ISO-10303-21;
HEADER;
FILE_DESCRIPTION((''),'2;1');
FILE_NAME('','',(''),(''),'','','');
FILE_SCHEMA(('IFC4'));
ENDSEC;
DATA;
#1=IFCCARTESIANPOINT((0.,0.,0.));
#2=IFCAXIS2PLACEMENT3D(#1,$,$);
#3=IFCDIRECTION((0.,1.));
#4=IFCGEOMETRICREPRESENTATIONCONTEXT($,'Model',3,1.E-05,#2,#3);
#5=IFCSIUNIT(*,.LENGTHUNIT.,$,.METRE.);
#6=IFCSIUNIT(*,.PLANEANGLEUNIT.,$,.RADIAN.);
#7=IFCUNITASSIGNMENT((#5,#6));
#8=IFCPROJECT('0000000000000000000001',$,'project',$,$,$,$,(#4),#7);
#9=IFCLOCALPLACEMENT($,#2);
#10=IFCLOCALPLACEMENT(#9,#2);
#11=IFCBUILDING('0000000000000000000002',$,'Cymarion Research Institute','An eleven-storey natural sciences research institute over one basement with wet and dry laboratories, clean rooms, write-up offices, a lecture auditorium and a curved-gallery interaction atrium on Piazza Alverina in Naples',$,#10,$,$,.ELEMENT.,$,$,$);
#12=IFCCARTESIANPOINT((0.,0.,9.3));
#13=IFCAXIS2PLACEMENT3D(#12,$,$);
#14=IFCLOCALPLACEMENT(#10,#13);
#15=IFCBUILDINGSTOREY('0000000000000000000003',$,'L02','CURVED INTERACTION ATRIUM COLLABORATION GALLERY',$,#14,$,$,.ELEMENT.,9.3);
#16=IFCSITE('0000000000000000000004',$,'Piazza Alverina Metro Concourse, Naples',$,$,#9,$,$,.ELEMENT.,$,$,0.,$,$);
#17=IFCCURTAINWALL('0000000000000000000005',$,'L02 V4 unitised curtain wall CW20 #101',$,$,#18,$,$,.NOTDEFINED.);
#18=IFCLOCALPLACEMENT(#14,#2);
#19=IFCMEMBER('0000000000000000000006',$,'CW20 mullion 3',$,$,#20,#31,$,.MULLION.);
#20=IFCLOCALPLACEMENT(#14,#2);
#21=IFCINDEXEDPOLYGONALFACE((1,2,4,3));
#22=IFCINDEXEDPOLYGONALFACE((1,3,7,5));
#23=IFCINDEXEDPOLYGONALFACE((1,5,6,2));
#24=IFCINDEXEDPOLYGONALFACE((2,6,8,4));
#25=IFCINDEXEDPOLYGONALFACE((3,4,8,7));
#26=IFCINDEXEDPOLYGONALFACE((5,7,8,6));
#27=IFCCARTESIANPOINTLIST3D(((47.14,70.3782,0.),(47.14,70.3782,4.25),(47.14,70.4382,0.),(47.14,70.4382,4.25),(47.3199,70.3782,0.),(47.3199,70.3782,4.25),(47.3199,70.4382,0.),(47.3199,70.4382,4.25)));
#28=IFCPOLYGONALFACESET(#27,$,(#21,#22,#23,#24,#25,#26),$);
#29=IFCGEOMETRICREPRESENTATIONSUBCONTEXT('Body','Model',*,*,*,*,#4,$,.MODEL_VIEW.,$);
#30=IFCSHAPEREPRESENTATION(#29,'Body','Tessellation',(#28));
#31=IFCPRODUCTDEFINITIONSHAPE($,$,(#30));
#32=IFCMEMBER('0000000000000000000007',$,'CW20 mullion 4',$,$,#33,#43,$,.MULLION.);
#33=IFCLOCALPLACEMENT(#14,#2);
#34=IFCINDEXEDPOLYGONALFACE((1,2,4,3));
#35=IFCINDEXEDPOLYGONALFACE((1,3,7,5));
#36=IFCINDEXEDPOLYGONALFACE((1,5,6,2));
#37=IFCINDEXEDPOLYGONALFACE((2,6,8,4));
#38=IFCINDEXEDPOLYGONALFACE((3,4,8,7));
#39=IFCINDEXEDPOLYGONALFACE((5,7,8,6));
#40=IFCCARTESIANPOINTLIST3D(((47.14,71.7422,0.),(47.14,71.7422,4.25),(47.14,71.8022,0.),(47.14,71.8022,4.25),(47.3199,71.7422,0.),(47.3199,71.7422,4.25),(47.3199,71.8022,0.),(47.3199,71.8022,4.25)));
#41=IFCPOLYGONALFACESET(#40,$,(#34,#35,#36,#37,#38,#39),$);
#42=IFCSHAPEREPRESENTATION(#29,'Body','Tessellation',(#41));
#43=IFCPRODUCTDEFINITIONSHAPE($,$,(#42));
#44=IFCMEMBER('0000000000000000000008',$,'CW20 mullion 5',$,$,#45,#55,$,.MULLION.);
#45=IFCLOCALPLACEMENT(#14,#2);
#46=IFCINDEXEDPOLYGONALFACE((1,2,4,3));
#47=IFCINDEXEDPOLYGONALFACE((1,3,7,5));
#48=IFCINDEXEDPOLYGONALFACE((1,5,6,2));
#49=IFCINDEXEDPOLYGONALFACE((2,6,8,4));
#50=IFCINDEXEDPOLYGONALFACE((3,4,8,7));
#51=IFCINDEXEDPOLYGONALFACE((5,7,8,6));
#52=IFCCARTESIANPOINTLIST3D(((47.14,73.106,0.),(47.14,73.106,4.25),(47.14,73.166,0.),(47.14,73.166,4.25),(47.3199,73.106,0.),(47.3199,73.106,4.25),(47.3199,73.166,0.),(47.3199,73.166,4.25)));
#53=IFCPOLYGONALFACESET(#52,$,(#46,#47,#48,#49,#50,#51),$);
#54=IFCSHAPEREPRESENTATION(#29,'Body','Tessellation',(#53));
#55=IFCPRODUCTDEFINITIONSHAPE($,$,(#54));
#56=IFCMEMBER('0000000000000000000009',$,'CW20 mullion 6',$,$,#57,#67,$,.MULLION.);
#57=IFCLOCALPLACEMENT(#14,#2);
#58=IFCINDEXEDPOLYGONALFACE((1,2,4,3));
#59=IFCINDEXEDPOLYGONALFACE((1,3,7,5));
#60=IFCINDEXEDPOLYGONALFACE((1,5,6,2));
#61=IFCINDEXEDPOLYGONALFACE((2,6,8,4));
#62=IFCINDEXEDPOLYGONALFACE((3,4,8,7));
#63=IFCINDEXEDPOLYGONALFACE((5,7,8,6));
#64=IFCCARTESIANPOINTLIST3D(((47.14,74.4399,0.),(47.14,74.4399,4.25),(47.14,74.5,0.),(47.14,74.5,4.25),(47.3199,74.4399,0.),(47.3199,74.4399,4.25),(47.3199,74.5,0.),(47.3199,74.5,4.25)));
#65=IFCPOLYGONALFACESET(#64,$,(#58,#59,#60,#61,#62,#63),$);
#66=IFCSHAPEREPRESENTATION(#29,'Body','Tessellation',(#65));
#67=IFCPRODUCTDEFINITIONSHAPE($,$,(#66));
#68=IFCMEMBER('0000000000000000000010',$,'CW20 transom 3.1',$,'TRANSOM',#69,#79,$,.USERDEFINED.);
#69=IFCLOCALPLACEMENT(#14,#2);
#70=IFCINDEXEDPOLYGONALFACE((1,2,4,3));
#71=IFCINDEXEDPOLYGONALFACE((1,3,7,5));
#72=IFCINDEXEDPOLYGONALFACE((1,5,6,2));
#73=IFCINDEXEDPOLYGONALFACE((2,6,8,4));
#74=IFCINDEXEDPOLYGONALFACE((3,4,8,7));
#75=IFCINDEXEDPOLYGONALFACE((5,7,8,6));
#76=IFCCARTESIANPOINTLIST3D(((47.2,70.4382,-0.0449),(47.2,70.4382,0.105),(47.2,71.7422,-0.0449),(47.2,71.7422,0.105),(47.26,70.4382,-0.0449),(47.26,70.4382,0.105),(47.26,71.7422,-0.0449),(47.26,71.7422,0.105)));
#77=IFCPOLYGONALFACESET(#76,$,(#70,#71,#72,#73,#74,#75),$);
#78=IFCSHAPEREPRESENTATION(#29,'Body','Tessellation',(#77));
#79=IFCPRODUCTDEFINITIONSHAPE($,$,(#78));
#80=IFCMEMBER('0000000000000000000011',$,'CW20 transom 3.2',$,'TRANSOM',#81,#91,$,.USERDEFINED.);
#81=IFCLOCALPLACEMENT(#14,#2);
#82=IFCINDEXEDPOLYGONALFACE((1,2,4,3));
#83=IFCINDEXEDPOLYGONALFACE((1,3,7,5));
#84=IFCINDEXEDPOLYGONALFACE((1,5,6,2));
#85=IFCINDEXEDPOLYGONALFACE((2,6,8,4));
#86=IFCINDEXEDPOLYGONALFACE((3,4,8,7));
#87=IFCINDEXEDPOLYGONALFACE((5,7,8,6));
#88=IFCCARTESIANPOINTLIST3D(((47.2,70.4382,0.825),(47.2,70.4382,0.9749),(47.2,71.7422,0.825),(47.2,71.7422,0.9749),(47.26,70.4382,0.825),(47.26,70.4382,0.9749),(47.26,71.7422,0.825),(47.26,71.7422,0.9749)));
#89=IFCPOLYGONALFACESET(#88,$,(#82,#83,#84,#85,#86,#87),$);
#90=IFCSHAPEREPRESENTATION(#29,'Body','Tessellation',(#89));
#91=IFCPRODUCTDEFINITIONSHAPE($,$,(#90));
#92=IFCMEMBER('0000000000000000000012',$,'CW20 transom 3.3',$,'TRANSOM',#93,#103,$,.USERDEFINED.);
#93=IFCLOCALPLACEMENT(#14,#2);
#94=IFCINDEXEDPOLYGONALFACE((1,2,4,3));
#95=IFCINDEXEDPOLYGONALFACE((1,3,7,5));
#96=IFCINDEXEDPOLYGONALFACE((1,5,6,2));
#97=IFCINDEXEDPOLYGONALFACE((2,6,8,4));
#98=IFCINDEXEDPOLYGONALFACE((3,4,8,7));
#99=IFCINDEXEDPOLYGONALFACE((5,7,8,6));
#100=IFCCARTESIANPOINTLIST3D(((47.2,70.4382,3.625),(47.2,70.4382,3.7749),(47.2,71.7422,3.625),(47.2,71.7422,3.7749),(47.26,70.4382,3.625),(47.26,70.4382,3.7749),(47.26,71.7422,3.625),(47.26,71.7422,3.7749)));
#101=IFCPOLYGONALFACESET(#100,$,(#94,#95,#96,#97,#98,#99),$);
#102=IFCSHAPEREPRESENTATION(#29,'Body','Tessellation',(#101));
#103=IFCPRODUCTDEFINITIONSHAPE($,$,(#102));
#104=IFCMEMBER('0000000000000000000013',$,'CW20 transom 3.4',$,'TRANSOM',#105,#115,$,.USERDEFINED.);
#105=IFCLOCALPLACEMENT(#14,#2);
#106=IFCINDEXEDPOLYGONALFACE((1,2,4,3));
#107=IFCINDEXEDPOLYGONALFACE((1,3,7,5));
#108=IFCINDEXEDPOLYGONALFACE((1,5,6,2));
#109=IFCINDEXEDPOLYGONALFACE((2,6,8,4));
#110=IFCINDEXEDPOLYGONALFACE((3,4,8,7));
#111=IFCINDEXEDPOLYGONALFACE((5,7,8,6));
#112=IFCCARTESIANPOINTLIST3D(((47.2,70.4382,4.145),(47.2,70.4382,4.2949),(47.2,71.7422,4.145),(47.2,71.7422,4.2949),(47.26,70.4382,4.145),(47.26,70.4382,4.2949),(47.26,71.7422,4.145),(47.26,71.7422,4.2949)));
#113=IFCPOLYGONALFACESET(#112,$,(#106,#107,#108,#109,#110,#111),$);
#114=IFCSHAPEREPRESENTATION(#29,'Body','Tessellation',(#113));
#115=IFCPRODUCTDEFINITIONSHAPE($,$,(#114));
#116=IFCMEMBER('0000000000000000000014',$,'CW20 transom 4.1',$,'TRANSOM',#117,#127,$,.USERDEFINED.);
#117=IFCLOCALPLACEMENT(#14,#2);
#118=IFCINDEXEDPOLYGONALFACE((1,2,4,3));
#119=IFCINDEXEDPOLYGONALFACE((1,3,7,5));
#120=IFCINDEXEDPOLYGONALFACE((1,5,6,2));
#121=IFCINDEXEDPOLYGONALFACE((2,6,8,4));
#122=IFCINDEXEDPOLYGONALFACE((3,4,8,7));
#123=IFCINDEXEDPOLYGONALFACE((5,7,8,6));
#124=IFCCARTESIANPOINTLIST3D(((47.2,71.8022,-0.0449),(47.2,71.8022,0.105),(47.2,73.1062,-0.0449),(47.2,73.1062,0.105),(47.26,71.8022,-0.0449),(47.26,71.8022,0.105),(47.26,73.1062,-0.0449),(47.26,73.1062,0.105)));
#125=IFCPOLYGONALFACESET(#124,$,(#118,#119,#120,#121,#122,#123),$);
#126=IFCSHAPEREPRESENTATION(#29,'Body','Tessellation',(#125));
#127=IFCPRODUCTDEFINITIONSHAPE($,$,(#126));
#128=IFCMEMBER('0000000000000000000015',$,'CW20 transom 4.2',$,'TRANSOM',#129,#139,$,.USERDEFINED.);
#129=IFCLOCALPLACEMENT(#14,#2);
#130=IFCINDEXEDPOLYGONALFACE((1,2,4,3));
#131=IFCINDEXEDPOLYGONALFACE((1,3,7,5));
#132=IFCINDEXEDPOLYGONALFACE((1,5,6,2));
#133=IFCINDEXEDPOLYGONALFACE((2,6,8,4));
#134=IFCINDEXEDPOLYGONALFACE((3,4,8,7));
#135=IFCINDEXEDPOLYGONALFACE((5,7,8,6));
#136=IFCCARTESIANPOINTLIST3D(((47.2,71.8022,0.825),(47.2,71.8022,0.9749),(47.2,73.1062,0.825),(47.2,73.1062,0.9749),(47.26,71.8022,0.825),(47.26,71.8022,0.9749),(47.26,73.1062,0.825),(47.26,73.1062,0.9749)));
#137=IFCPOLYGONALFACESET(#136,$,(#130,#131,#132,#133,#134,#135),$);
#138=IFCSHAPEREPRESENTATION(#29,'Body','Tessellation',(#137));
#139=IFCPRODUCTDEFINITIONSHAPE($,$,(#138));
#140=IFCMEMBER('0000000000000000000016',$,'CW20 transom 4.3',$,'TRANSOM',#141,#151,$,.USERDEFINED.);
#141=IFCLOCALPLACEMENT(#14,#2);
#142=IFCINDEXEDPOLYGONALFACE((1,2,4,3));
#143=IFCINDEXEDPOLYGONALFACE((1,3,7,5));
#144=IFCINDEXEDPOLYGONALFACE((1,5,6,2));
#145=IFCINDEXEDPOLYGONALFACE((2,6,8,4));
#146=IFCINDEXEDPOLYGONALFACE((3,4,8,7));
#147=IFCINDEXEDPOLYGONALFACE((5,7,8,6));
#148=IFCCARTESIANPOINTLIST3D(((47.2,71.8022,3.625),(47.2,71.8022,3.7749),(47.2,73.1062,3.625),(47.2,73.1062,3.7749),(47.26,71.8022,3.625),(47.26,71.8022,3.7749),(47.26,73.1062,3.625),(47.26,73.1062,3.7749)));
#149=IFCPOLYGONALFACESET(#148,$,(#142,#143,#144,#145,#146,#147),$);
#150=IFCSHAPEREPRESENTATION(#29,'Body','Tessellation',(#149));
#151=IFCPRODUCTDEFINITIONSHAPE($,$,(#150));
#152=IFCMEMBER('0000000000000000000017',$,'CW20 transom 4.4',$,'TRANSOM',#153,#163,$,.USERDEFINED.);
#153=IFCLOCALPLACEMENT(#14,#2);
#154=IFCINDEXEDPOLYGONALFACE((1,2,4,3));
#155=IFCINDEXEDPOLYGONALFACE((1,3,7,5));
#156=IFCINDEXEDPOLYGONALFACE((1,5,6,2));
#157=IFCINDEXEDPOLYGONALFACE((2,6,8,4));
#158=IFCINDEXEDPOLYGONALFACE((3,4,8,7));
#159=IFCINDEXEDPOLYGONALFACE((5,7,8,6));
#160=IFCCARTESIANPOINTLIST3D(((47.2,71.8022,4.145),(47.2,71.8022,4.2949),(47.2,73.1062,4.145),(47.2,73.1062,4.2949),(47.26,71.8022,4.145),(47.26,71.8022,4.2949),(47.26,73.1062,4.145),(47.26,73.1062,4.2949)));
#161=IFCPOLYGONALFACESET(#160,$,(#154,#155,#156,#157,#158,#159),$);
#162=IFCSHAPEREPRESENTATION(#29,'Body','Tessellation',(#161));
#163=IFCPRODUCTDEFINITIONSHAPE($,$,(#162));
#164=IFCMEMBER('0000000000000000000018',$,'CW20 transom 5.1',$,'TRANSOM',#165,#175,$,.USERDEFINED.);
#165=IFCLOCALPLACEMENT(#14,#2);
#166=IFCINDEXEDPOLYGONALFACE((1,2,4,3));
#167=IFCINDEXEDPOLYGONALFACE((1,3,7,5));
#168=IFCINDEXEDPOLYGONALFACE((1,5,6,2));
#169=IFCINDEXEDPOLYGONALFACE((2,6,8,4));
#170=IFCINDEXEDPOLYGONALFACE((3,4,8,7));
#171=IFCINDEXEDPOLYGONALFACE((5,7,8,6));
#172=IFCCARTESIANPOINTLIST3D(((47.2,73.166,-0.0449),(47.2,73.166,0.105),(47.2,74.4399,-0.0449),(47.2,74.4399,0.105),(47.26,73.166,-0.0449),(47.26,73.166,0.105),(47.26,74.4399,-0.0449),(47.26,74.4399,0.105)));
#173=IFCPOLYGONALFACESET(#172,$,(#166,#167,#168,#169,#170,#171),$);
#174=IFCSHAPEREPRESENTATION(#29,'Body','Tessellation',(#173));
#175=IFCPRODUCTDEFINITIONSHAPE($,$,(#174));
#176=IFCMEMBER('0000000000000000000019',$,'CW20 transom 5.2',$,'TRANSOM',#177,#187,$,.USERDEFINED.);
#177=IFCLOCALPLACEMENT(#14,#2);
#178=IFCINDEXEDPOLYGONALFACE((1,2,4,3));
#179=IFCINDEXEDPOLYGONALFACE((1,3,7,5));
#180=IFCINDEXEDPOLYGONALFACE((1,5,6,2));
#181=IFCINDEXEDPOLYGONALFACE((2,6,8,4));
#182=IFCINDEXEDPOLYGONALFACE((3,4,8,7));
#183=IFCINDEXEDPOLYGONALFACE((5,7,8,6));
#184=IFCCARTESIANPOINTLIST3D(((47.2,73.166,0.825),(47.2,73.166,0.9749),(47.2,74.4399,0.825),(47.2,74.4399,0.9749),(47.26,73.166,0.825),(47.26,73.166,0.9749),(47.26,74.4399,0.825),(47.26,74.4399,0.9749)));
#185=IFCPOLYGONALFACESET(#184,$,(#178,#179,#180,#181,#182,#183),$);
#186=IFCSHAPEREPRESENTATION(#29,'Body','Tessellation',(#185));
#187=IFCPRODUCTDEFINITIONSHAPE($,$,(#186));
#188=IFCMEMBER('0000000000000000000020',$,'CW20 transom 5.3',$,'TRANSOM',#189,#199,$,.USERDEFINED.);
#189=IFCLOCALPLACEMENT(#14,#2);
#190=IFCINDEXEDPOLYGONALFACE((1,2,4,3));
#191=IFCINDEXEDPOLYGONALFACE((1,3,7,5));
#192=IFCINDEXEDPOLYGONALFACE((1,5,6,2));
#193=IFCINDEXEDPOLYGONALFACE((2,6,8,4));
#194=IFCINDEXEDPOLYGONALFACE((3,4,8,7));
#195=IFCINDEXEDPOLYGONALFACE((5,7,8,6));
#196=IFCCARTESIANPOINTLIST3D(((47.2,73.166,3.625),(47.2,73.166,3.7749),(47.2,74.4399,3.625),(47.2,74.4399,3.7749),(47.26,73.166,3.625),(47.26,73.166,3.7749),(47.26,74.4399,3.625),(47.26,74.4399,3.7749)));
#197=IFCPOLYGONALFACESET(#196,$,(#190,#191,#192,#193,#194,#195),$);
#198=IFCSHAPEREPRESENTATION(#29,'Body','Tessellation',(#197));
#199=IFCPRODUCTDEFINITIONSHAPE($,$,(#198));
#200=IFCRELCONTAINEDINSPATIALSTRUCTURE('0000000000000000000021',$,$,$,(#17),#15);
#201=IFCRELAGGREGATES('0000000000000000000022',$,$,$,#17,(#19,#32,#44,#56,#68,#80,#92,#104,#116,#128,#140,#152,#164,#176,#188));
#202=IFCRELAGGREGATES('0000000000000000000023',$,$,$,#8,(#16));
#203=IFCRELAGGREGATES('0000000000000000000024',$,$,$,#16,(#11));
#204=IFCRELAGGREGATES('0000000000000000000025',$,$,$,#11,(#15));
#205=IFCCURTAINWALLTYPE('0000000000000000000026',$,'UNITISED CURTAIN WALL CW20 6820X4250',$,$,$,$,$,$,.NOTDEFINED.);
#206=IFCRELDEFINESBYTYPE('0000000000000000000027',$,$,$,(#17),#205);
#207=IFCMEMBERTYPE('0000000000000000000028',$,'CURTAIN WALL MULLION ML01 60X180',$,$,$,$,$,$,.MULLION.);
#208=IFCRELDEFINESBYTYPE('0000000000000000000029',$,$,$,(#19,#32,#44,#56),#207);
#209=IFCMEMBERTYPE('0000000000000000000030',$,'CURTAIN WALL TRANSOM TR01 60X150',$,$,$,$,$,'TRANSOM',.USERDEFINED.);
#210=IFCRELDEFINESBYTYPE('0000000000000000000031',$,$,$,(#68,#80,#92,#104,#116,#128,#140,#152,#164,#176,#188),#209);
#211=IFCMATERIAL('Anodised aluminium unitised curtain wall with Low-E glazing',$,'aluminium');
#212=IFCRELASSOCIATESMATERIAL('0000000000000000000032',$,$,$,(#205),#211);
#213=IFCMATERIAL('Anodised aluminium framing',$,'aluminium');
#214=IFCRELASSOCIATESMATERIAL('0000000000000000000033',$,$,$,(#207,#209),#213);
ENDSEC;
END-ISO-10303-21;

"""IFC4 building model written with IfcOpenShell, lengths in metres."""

from ifc_helpers import new_model, si_unit, direction, frame, origin, origin_2d, place, context, subcontext, project, spatial, rectangle, extrude, material, material_profile, profile_set, type_object, element, aggregate, save


model = new_model("IFC4")

# Units and contexts
model_context = context("Model", 3, precision=1e-05, world=origin(), true_north=direction((0.0, 1.0)))
body_context = subcontext(model_context, "Body", "Model", "MODEL_VIEW")
ifc_project = project(units=[si_unit("LENGTHUNIT", "METRE"), si_unit("PLANEANGLEUNIT", "RADIAN")], contexts=[model_context])

# Site, building, storey
site_placement = place(None, origin())
site = spatial("IfcSite", under=ifc_project, at=site_placement, Name="Piazza Alverina Metro Concourse, Naples", CompositionType="ELEMENT", RefElevation=0.0)
building_placement = place(site_placement, origin())
building = spatial("IfcBuilding", under=site, at=building_placement, Name="Cymarion Research Institute", Description="An eleven-storey natural sciences research institute over one basement with wet and dry laboratories, clean rooms, write-up offices, a lecture auditorium and a curved-gallery interaction atrium on Piazza Alverina in Naples", CompositionType="ELEMENT")
storey_placement = place(building_placement, frame((0.0, 0.0, 9.3)))
storey = spatial("IfcBuildingStorey", under=building, at=storey_placement, Name="L02", Description="CURVED INTERACTION ATRIUM COLLABORATION GALLERY", CompositionType="ELEMENT", Elevation=9.3)

# Curtain wall, members
ifc_material_1 = material(Name="Anodised aluminium unitised curtain wall with Low-E glazing", Category="aluminium")
curtain_wall_type = type_object("IfcCurtainWallType", Name="UNITISED CURTAIN WALL CW20 6820X4250", PredefinedType="NOTDEFINED", material=ifc_material_1)
curtain_wall_placement = place(storey_placement, origin())
curtain_wall = element("IfcCurtainWall", 1, at=curtain_wall_placement, inside=storey, type_object=curtain_wall_type, Name="L02 V4 unitised curtain wall CW20 #101", PredefinedType="NOTDEFINED")
ifc_material_2 = material(Name="Anodised aluminium framing", Category="aluminium")
ifc_material_profile_1 = material_profile(ifc_material_2, rectangle(XDim=0.0601, YDim=0.1799, at=origin_2d()), Name="ALU MULLION 60x180")
ifc_profile_set_1 = profile_set([ifc_material_profile_1], Name="Anodised aluminium framing")
member_type_1 = type_object("IfcMemberType", Name="CURTAIN WALL MULLION ML01 60X180", PredefinedType="MULLION", material=ifc_profile_set_1)
member_1_placement = place(storey_placement, frame((47.23, 70.4082, 0.0), z_axis=(0.0, 0.0, 1.0), x_axis=(0.0, 1.0, 0.0)))
member_1 = element("IfcMember", 2, at=member_1_placement, type_object=member_type_1, Name="CW20 mullion 3", PredefinedType="MULLION", context=body_context, shape_type="SweptSolid", body=[
    extrude(rectangle(XDim=0.0601, YDim=0.1799, at=origin_2d()), origin(), (0.0, 0.0, 1.0), 4.25),
])
member_2_placement = place(storey_placement, frame((47.23, 71.7722, 0.0), z_axis=(0.0, 0.0, 1.0), x_axis=(0.0, 1.0, 0.0)))
member_2 = element("IfcMember", 3, at=member_2_placement, type_object=member_type_1, Name="CW20 mullion 4", PredefinedType="MULLION", context=body_context, shape_type="SweptSolid", body=[
    extrude(rectangle(XDim=0.0601, YDim=0.1799, at=origin_2d()), origin(), (0.0, 0.0, 1.0), 4.25),
])
member_3_placement = place(storey_placement, frame((47.23, 73.136, 0.0), z_axis=(0.0, 0.0, 1.0), x_axis=(0.0, 1.0, 0.0)))
member_3 = element("IfcMember", 4, at=member_3_placement, type_object=member_type_1, Name="CW20 mullion 5", PredefinedType="MULLION", context=body_context, shape_type="SweptSolid", body=[
    extrude(rectangle(XDim=0.0601, YDim=0.1799, at=origin_2d()), origin(), (0.0, 0.0, 1.0), 4.25),
])
member_4_placement = place(storey_placement, frame((47.23, 74.47, 0.0), z_axis=(0.0, 0.0, 1.0), x_axis=(0.0, 1.0, 0.0)))
member_4 = element("IfcMember", 5, at=member_4_placement, type_object=member_type_1, Name="CW20 mullion 6", PredefinedType="MULLION", context=body_context, shape_type="SweptSolid", body=[
    extrude(rectangle(XDim=0.0601, YDim=0.1799, at=origin_2d()), origin(), (0.0, 0.0, 1.0), 4.25),
])
ifc_material_profile_2 = material_profile(ifc_material_2, rectangle(XDim=0.0601, YDim=0.1499, at=origin_2d()), Name="ALU TRANSOM 60x150")
ifc_profile_set_2 = profile_set([ifc_material_profile_2], Name="Anodised aluminium framing")
member_type_2 = type_object("IfcMemberType", Name="CURTAIN WALL TRANSOM TR01 60X150", ElementType="TRANSOM", PredefinedType="USERDEFINED", material=ifc_profile_set_2)
member_5_placement = place(storey_placement, frame((47.23, 70.4382, 0.03), z_axis=(0.0, 1.0, 0.0), x_axis=(-1.0, 0.0, 0.0)))
member_5 = element("IfcMember", 6, at=member_5_placement, type_object=member_type_2, Name="CW20 transom 3.1", ObjectType="TRANSOM", PredefinedType="USERDEFINED", context=body_context, shape_type="SweptSolid", body=[
    extrude(rectangle(XDim=0.0601, YDim=0.1499, at=origin_2d()), origin(), (0.0, 0.0, 1.0), 1.304),
])
member_6_placement = place(storey_placement, frame((47.23, 70.4382, 0.8999), z_axis=(0.0, 1.0, 0.0), x_axis=(-1.0, 0.0, 0.0)))
member_6 = element("IfcMember", 7, at=member_6_placement, type_object=member_type_2, Name="CW20 transom 3.2", ObjectType="TRANSOM", PredefinedType="USERDEFINED", context=body_context, shape_type="SweptSolid", body=[
    extrude(rectangle(XDim=0.0601, YDim=0.1499, at=origin_2d()), origin(), (0.0, 0.0, 1.0), 1.304),
])
member_7_placement = place(storey_placement, frame((47.23, 70.4382, 3.7), z_axis=(0.0, 1.0, 0.0), x_axis=(-1.0, 0.0, 0.0)))
member_7 = element("IfcMember", 8, at=member_7_placement, type_object=member_type_2, Name="CW20 transom 3.3", ObjectType="TRANSOM", PredefinedType="USERDEFINED", context=body_context, shape_type="SweptSolid", body=[
    extrude(rectangle(XDim=0.0601, YDim=0.1499, at=origin_2d()), origin(), (0.0, 0.0, 1.0), 1.304),
])
member_8_placement = place(storey_placement, frame((47.23, 70.4382, 4.22), z_axis=(0.0, 1.0, 0.0), x_axis=(-1.0, 0.0, 0.0)))
member_8 = element("IfcMember", 9, at=member_8_placement, type_object=member_type_2, Name="CW20 transom 3.4", ObjectType="TRANSOM", PredefinedType="USERDEFINED", context=body_context, shape_type="SweptSolid", body=[
    extrude(rectangle(XDim=0.0601, YDim=0.1499, at=origin_2d()), origin(), (0.0, 0.0, 1.0), 1.304),
])
member_9_placement = place(storey_placement, frame((47.23, 71.8022, 0.03), z_axis=(0.0, 1.0, 0.0), x_axis=(-1.0, 0.0, 0.0)))
member_9 = element("IfcMember", 10, at=member_9_placement, type_object=member_type_2, Name="CW20 transom 4.1", ObjectType="TRANSOM", PredefinedType="USERDEFINED", context=body_context, shape_type="SweptSolid", body=[
    extrude(rectangle(XDim=0.0601, YDim=0.1499, at=origin_2d()), origin(), (0.0, 0.0, 1.0), 1.304),
])
member_10_placement = place(storey_placement, frame((47.23, 71.8022, 0.8999), z_axis=(0.0, 1.0, 0.0), x_axis=(-1.0, 0.0, 0.0)))
member_10 = element("IfcMember", 11, at=member_10_placement, type_object=member_type_2, Name="CW20 transom 4.2", ObjectType="TRANSOM", PredefinedType="USERDEFINED", context=body_context, shape_type="SweptSolid", body=[
    extrude(rectangle(XDim=0.0601, YDim=0.1499, at=origin_2d()), origin(), (0.0, 0.0, 1.0), 1.304),
])
member_11_placement = place(storey_placement, frame((47.23, 71.8022, 3.7), z_axis=(0.0, 1.0, 0.0), x_axis=(-1.0, 0.0, 0.0)))
member_11 = element("IfcMember", 12, at=member_11_placement, type_object=member_type_2, Name="CW20 transom 4.3", ObjectType="TRANSOM", PredefinedType="USERDEFINED", context=body_context, shape_type="SweptSolid", body=[
    extrude(rectangle(XDim=0.0601, YDim=0.1499, at=origin_2d()), origin(), (0.0, 0.0, 1.0), 1.304),
])
member_12_placement = place(storey_placement, frame((47.23, 71.8022, 4.22), z_axis=(0.0, 1.0, 0.0), x_axis=(-1.0, 0.0, 0.0)))
member_12 = element("IfcMember", 13, at=member_12_placement, type_object=member_type_2, Name="CW20 transom 4.4", ObjectType="TRANSOM", PredefinedType="USERDEFINED", context=body_context, shape_type="SweptSolid", body=[
    extrude(rectangle(XDim=0.0601, YDim=0.1499, at=origin_2d()), origin(), (0.0, 0.0, 1.0), 1.304),
])
member_13_placement = place(storey_placement, frame((47.23, 73.166, 0.03), z_axis=(0.0, 1.0, 0.0), x_axis=(-1.0, 0.0, 0.0)))
member_13 = element("IfcMember", 14, at=member_13_placement, type_object=member_type_2, Name="CW20 transom 5.1", ObjectType="TRANSOM", PredefinedType="USERDEFINED", context=body_context, shape_type="SweptSolid", body=[
    extrude(rectangle(XDim=0.0601, YDim=0.1499, at=origin_2d()), origin(), (0.0, 0.0, 1.0), 1.2739),
])
member_14_placement = place(storey_placement, frame((47.23, 73.166, 0.8999), z_axis=(0.0, 1.0, 0.0), x_axis=(-1.0, 0.0, 0.0)))
member_14 = element("IfcMember", 15, at=member_14_placement, type_object=member_type_2, Name="CW20 transom 5.2", ObjectType="TRANSOM", PredefinedType="USERDEFINED", context=body_context, shape_type="SweptSolid", body=[
    extrude(rectangle(XDim=0.0601, YDim=0.1499, at=origin_2d()), origin(), (0.0, 0.0, 1.0), 1.2739),
])
member_15_placement = place(storey_placement, frame((47.23, 73.166, 3.7), z_axis=(0.0, 1.0, 0.0), x_axis=(-1.0, 0.0, 0.0)))
member_15 = element("IfcMember", 16, at=member_15_placement, type_object=member_type_2, Name="CW20 transom 5.3", ObjectType="TRANSOM", PredefinedType="USERDEFINED", context=body_context, shape_type="SweptSolid", body=[
    extrude(rectangle(XDim=0.0601, YDim=0.1499, at=origin_2d()), origin(), (0.0, 0.0, 1.0), 1.2739),
])
aggregate(curtain_wall, [member_1, member_2, member_3, member_4, member_5, member_6, member_7, member_8, member_9, member_10, member_11, member_12, member_13, member_14, member_15])

save(model, "model.ifc")
